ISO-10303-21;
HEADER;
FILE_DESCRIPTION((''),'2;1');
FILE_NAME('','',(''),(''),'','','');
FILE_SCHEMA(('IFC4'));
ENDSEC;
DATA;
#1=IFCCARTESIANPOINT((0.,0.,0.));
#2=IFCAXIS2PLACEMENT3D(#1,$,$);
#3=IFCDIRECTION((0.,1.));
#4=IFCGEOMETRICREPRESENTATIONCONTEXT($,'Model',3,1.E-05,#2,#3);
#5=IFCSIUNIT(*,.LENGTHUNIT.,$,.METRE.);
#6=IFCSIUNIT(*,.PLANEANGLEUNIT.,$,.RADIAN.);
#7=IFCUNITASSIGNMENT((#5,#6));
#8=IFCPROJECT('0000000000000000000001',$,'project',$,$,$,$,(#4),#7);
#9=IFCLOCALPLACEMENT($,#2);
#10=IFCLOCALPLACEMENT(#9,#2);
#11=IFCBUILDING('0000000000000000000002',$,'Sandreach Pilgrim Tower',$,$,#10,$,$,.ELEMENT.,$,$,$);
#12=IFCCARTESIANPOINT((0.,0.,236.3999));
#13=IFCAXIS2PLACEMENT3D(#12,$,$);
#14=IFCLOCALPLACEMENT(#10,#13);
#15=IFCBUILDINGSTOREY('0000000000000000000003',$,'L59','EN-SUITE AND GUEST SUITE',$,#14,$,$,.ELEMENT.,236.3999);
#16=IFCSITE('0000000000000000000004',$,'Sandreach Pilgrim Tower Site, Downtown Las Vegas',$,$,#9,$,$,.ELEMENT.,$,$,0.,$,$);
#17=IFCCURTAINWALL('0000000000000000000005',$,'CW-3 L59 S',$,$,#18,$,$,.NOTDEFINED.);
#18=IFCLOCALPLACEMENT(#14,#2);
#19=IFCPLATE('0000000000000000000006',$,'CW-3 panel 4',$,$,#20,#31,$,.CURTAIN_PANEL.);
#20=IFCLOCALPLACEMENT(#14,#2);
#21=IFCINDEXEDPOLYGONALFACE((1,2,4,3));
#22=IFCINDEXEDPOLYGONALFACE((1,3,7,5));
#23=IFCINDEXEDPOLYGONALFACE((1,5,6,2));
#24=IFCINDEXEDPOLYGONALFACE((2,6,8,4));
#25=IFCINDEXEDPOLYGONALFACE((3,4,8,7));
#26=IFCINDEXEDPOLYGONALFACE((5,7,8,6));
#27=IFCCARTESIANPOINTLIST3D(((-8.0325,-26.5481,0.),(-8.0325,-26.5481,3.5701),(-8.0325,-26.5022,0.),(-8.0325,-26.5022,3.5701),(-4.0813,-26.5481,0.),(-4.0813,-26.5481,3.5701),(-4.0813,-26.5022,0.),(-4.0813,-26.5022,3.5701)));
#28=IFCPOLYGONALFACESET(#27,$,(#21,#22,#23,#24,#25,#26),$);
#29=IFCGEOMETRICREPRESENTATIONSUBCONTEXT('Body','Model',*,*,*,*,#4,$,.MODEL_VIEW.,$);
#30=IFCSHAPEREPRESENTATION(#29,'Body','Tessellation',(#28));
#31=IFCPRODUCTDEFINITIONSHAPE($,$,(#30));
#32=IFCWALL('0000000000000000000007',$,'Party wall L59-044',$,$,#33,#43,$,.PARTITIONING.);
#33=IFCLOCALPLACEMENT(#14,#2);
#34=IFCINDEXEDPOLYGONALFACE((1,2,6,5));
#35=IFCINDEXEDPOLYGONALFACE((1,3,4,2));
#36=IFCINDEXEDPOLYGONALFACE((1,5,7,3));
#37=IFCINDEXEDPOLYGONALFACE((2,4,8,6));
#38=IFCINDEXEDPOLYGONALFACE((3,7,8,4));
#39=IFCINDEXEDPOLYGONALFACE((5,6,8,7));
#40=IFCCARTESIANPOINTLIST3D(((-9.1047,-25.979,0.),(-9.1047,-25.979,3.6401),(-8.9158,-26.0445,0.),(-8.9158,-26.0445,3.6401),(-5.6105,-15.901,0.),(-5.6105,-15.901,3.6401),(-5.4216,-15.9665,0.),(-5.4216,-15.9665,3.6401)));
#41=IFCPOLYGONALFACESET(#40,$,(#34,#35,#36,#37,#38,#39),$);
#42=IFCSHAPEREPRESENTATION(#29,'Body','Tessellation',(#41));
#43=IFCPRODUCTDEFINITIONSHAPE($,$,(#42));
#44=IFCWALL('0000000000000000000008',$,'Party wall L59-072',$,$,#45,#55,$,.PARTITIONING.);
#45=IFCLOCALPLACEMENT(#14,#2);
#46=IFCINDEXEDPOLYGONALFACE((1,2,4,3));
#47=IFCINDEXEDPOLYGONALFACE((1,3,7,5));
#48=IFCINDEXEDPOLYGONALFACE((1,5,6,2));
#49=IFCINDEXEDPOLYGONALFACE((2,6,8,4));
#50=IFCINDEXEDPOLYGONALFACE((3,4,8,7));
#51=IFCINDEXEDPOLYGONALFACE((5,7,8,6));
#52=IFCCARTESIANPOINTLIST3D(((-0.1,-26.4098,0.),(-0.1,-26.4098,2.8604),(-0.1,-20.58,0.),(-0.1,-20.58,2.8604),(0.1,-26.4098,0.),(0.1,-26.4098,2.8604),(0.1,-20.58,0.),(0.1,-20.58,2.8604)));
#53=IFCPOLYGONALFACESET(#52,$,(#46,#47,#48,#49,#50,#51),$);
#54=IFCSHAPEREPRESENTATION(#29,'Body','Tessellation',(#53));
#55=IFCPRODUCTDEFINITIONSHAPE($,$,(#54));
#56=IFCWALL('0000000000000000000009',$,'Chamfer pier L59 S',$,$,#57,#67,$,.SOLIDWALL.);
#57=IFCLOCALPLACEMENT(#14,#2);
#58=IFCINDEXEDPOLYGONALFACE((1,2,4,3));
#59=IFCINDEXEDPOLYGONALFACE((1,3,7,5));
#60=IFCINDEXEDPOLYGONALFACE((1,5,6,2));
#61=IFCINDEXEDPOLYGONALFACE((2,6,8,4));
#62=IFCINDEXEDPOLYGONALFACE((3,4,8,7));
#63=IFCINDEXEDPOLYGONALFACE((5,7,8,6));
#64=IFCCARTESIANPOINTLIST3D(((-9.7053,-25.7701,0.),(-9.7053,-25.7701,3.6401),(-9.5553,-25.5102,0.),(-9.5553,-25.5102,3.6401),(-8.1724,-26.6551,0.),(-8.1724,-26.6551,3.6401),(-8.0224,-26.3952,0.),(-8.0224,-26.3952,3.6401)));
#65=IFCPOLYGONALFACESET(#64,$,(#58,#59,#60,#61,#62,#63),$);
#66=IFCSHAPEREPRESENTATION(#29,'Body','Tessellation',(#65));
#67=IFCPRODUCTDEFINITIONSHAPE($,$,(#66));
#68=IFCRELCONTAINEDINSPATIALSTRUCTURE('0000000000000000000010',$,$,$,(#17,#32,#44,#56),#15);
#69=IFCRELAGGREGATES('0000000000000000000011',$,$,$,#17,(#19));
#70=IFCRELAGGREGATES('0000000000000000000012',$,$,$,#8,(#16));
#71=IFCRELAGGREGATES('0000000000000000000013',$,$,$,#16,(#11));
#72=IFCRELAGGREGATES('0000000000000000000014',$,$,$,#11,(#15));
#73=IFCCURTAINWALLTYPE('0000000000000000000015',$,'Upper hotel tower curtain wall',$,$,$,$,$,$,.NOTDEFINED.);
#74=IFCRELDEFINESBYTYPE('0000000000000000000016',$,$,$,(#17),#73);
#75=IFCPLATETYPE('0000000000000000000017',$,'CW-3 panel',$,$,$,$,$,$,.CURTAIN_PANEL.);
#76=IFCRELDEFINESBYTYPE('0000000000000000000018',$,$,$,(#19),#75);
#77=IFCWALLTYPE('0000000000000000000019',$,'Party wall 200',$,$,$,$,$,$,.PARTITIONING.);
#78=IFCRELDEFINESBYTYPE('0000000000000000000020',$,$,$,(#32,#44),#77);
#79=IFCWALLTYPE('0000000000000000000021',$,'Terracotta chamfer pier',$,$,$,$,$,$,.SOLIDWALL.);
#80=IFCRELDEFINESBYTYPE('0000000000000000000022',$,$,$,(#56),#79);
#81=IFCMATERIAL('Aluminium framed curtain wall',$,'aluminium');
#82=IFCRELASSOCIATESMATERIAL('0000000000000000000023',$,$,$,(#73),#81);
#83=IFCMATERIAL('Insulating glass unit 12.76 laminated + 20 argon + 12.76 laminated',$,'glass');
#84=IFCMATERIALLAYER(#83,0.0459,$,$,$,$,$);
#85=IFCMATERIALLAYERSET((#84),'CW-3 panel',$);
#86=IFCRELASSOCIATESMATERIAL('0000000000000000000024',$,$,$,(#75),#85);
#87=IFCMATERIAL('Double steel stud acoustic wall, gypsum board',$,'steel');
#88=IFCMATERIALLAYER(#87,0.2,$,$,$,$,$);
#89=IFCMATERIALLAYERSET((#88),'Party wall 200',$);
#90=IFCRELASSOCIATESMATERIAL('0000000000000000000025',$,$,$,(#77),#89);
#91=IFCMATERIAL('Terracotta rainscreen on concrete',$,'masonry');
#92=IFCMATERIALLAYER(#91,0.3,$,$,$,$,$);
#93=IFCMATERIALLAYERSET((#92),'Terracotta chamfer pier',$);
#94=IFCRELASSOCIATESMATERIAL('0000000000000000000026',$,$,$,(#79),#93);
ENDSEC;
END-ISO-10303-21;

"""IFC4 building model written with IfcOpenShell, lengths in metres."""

from ifc_helpers import new_model, si_unit, direction, frame, frame_2d, origin, origin_2d, place, context, subcontext, project, spatial, rectangle, extrude, material, layer, layer_set, type_object, element, aggregate, save


model = new_model("IFC4")

# Units and contexts
model_context = context("Model", 3, precision=1e-05, world=origin(), true_north=direction((0.0, 1.0)))
body_context = subcontext(model_context, "Body", "Model", "MODEL_VIEW")
ifc_project = project(units=[si_unit("LENGTHUNIT", "METRE"), si_unit("PLANEANGLEUNIT", "RADIAN")], contexts=[model_context])

# Site, building, storey
site_placement = place(None, origin())
site = spatial("IfcSite", under=ifc_project, at=site_placement, Name="Sandreach Pilgrim Tower Site, Downtown Las Vegas", CompositionType="ELEMENT", RefElevation=0.0)
building_placement = place(site_placement, origin())
building = spatial("IfcBuilding", under=site, at=building_placement, Name="Sandreach Pilgrim Tower", CompositionType="ELEMENT")
storey_placement = place(building_placement, frame((0.0, 0.0, 236.3999)))
storey = spatial("IfcBuildingStorey", under=building, at=storey_placement, Name="L59", Description="EN-SUITE AND GUEST SUITE", CompositionType="ELEMENT", Elevation=236.3999)

# Curtain wall
ifc_material_1 = material(Name="Aluminium framed curtain wall", Category="aluminium")
curtain_wall_type = type_object("IfcCurtainWallType", Name="Upper hotel tower curtain wall", PredefinedType="NOTDEFINED", material=ifc_material_1)
curtain_wall_placement = place(storey_placement, origin())
curtain_wall = element("IfcCurtainWall", 1, at=curtain_wall_placement, inside=storey, type_object=curtain_wall_type, Name="CW-3 L59 S", PredefinedType="NOTDEFINED")

# Plate
ifc_material_2 = material(Name="Insulating glass unit 12.76 laminated + 20 argon + 12.76 laminated", Category="glass")
ifc_layer_1 = layer(ifc_material_2, 0.0459)
ifc_layer_set_1 = layer_set([ifc_layer_1], Name="CW-3 panel")
plate_type = type_object("IfcPlateType", Name="CW-3 panel", PredefinedType="CURTAIN_PANEL", material=ifc_layer_set_1)
plate_1_placement = place(storey_placement, frame((-6.0569, -26.5251, 0.0), z_axis=(0.0, 0.0, 1.0), x_axis=(-1.0, 0.0, 0.0)))
plate_1 = element("IfcPlate", 2, at=plate_1_placement, type_object=plate_type, Name="CW-3 panel 4", PredefinedType="CURTAIN_PANEL", context=body_context, shape_type="SweptSolid", body=[
    extrude(rectangle(XDim=3.9512, YDim=0.0459, at=origin_2d()), origin(), (0.0, 0.0, 1.0), 3.5701),
])
aggregate(curtain_wall, [plate_1])

# Walls
ifc_material_3 = material(Name="Double steel stud acoustic wall, gypsum board", Category="steel")
ifc_layer_2 = layer(ifc_material_3, 0.2)
ifc_layer_set_2 = layer_set([ifc_layer_2], Name="Party wall 200")
wall_type_1 = type_object("IfcWallType", Name="Party wall 200", PredefinedType="PARTITIONING", material=ifc_layer_set_2)
wall_1_placement = place(storey_placement, frame((-9.0103, -26.0117, 0.0), z_axis=(0.0, 0.0, 1.0), x_axis=(0.327583, 0.944822, 0.0)))
element("IfcWall", 3, at=wall_1_placement, inside=storey, type_object=wall_type_1, Name="Party wall L59-044", PredefinedType="PARTITIONING", context=body_context, shape_type="SweptSolid", body=[
    extrude(rectangle(XDim=10.6665, YDim=0.2, at=frame_2d((5.3333, 0.0))), origin(), (0.0, 0.0, 1.0), 3.6401),
])
wall_2_placement = place(storey_placement, frame((0.0, -26.4099, 0.0), z_axis=(0.0, 0.0, 1.0), x_axis=(0.0, 1.0, 0.0)))
element("IfcWall", 4, at=wall_2_placement, inside=storey, type_object=wall_type_1, Name="Party wall L59-072", PredefinedType="PARTITIONING", context=body_context, shape_type="SweptSolid", body=[
    extrude(rectangle(XDim=5.8298, YDim=0.2, at=frame_2d((2.915, 0.0))), origin(), (0.0, 0.0, 1.0), 2.8604),
])
ifc_material_4 = material(Name="Terracotta rainscreen on concrete", Category="masonry")
ifc_layer_3 = layer(ifc_material_4, 0.3)
ifc_layer_set_3 = layer_set([ifc_layer_3], Name="Terracotta chamfer pier")
wall_type_2 = type_object("IfcWallType", Name="Terracotta chamfer pier", PredefinedType="SOLIDWALL", material=ifc_layer_set_3)
wall_3_placement = place(storey_placement, frame((-8.0974, -26.5251, 0.0), z_axis=(0.0, 0.0, 1.0), x_axis=(-0.866036, 0.499981, 0.0)))
element("IfcWall", 5, at=wall_3_placement, inside=storey, type_object=wall_type_2, Name="Chamfer pier L59 S", PredefinedType="SOLIDWALL", context=body_context, shape_type="SweptSolid", body=[
    extrude(rectangle(XDim=1.77, YDim=0.3, at=frame_2d((0.885, 0.0))), origin(), (0.0, 0.0, 1.0), 3.6401),
])

save(model, "model.ifc")
